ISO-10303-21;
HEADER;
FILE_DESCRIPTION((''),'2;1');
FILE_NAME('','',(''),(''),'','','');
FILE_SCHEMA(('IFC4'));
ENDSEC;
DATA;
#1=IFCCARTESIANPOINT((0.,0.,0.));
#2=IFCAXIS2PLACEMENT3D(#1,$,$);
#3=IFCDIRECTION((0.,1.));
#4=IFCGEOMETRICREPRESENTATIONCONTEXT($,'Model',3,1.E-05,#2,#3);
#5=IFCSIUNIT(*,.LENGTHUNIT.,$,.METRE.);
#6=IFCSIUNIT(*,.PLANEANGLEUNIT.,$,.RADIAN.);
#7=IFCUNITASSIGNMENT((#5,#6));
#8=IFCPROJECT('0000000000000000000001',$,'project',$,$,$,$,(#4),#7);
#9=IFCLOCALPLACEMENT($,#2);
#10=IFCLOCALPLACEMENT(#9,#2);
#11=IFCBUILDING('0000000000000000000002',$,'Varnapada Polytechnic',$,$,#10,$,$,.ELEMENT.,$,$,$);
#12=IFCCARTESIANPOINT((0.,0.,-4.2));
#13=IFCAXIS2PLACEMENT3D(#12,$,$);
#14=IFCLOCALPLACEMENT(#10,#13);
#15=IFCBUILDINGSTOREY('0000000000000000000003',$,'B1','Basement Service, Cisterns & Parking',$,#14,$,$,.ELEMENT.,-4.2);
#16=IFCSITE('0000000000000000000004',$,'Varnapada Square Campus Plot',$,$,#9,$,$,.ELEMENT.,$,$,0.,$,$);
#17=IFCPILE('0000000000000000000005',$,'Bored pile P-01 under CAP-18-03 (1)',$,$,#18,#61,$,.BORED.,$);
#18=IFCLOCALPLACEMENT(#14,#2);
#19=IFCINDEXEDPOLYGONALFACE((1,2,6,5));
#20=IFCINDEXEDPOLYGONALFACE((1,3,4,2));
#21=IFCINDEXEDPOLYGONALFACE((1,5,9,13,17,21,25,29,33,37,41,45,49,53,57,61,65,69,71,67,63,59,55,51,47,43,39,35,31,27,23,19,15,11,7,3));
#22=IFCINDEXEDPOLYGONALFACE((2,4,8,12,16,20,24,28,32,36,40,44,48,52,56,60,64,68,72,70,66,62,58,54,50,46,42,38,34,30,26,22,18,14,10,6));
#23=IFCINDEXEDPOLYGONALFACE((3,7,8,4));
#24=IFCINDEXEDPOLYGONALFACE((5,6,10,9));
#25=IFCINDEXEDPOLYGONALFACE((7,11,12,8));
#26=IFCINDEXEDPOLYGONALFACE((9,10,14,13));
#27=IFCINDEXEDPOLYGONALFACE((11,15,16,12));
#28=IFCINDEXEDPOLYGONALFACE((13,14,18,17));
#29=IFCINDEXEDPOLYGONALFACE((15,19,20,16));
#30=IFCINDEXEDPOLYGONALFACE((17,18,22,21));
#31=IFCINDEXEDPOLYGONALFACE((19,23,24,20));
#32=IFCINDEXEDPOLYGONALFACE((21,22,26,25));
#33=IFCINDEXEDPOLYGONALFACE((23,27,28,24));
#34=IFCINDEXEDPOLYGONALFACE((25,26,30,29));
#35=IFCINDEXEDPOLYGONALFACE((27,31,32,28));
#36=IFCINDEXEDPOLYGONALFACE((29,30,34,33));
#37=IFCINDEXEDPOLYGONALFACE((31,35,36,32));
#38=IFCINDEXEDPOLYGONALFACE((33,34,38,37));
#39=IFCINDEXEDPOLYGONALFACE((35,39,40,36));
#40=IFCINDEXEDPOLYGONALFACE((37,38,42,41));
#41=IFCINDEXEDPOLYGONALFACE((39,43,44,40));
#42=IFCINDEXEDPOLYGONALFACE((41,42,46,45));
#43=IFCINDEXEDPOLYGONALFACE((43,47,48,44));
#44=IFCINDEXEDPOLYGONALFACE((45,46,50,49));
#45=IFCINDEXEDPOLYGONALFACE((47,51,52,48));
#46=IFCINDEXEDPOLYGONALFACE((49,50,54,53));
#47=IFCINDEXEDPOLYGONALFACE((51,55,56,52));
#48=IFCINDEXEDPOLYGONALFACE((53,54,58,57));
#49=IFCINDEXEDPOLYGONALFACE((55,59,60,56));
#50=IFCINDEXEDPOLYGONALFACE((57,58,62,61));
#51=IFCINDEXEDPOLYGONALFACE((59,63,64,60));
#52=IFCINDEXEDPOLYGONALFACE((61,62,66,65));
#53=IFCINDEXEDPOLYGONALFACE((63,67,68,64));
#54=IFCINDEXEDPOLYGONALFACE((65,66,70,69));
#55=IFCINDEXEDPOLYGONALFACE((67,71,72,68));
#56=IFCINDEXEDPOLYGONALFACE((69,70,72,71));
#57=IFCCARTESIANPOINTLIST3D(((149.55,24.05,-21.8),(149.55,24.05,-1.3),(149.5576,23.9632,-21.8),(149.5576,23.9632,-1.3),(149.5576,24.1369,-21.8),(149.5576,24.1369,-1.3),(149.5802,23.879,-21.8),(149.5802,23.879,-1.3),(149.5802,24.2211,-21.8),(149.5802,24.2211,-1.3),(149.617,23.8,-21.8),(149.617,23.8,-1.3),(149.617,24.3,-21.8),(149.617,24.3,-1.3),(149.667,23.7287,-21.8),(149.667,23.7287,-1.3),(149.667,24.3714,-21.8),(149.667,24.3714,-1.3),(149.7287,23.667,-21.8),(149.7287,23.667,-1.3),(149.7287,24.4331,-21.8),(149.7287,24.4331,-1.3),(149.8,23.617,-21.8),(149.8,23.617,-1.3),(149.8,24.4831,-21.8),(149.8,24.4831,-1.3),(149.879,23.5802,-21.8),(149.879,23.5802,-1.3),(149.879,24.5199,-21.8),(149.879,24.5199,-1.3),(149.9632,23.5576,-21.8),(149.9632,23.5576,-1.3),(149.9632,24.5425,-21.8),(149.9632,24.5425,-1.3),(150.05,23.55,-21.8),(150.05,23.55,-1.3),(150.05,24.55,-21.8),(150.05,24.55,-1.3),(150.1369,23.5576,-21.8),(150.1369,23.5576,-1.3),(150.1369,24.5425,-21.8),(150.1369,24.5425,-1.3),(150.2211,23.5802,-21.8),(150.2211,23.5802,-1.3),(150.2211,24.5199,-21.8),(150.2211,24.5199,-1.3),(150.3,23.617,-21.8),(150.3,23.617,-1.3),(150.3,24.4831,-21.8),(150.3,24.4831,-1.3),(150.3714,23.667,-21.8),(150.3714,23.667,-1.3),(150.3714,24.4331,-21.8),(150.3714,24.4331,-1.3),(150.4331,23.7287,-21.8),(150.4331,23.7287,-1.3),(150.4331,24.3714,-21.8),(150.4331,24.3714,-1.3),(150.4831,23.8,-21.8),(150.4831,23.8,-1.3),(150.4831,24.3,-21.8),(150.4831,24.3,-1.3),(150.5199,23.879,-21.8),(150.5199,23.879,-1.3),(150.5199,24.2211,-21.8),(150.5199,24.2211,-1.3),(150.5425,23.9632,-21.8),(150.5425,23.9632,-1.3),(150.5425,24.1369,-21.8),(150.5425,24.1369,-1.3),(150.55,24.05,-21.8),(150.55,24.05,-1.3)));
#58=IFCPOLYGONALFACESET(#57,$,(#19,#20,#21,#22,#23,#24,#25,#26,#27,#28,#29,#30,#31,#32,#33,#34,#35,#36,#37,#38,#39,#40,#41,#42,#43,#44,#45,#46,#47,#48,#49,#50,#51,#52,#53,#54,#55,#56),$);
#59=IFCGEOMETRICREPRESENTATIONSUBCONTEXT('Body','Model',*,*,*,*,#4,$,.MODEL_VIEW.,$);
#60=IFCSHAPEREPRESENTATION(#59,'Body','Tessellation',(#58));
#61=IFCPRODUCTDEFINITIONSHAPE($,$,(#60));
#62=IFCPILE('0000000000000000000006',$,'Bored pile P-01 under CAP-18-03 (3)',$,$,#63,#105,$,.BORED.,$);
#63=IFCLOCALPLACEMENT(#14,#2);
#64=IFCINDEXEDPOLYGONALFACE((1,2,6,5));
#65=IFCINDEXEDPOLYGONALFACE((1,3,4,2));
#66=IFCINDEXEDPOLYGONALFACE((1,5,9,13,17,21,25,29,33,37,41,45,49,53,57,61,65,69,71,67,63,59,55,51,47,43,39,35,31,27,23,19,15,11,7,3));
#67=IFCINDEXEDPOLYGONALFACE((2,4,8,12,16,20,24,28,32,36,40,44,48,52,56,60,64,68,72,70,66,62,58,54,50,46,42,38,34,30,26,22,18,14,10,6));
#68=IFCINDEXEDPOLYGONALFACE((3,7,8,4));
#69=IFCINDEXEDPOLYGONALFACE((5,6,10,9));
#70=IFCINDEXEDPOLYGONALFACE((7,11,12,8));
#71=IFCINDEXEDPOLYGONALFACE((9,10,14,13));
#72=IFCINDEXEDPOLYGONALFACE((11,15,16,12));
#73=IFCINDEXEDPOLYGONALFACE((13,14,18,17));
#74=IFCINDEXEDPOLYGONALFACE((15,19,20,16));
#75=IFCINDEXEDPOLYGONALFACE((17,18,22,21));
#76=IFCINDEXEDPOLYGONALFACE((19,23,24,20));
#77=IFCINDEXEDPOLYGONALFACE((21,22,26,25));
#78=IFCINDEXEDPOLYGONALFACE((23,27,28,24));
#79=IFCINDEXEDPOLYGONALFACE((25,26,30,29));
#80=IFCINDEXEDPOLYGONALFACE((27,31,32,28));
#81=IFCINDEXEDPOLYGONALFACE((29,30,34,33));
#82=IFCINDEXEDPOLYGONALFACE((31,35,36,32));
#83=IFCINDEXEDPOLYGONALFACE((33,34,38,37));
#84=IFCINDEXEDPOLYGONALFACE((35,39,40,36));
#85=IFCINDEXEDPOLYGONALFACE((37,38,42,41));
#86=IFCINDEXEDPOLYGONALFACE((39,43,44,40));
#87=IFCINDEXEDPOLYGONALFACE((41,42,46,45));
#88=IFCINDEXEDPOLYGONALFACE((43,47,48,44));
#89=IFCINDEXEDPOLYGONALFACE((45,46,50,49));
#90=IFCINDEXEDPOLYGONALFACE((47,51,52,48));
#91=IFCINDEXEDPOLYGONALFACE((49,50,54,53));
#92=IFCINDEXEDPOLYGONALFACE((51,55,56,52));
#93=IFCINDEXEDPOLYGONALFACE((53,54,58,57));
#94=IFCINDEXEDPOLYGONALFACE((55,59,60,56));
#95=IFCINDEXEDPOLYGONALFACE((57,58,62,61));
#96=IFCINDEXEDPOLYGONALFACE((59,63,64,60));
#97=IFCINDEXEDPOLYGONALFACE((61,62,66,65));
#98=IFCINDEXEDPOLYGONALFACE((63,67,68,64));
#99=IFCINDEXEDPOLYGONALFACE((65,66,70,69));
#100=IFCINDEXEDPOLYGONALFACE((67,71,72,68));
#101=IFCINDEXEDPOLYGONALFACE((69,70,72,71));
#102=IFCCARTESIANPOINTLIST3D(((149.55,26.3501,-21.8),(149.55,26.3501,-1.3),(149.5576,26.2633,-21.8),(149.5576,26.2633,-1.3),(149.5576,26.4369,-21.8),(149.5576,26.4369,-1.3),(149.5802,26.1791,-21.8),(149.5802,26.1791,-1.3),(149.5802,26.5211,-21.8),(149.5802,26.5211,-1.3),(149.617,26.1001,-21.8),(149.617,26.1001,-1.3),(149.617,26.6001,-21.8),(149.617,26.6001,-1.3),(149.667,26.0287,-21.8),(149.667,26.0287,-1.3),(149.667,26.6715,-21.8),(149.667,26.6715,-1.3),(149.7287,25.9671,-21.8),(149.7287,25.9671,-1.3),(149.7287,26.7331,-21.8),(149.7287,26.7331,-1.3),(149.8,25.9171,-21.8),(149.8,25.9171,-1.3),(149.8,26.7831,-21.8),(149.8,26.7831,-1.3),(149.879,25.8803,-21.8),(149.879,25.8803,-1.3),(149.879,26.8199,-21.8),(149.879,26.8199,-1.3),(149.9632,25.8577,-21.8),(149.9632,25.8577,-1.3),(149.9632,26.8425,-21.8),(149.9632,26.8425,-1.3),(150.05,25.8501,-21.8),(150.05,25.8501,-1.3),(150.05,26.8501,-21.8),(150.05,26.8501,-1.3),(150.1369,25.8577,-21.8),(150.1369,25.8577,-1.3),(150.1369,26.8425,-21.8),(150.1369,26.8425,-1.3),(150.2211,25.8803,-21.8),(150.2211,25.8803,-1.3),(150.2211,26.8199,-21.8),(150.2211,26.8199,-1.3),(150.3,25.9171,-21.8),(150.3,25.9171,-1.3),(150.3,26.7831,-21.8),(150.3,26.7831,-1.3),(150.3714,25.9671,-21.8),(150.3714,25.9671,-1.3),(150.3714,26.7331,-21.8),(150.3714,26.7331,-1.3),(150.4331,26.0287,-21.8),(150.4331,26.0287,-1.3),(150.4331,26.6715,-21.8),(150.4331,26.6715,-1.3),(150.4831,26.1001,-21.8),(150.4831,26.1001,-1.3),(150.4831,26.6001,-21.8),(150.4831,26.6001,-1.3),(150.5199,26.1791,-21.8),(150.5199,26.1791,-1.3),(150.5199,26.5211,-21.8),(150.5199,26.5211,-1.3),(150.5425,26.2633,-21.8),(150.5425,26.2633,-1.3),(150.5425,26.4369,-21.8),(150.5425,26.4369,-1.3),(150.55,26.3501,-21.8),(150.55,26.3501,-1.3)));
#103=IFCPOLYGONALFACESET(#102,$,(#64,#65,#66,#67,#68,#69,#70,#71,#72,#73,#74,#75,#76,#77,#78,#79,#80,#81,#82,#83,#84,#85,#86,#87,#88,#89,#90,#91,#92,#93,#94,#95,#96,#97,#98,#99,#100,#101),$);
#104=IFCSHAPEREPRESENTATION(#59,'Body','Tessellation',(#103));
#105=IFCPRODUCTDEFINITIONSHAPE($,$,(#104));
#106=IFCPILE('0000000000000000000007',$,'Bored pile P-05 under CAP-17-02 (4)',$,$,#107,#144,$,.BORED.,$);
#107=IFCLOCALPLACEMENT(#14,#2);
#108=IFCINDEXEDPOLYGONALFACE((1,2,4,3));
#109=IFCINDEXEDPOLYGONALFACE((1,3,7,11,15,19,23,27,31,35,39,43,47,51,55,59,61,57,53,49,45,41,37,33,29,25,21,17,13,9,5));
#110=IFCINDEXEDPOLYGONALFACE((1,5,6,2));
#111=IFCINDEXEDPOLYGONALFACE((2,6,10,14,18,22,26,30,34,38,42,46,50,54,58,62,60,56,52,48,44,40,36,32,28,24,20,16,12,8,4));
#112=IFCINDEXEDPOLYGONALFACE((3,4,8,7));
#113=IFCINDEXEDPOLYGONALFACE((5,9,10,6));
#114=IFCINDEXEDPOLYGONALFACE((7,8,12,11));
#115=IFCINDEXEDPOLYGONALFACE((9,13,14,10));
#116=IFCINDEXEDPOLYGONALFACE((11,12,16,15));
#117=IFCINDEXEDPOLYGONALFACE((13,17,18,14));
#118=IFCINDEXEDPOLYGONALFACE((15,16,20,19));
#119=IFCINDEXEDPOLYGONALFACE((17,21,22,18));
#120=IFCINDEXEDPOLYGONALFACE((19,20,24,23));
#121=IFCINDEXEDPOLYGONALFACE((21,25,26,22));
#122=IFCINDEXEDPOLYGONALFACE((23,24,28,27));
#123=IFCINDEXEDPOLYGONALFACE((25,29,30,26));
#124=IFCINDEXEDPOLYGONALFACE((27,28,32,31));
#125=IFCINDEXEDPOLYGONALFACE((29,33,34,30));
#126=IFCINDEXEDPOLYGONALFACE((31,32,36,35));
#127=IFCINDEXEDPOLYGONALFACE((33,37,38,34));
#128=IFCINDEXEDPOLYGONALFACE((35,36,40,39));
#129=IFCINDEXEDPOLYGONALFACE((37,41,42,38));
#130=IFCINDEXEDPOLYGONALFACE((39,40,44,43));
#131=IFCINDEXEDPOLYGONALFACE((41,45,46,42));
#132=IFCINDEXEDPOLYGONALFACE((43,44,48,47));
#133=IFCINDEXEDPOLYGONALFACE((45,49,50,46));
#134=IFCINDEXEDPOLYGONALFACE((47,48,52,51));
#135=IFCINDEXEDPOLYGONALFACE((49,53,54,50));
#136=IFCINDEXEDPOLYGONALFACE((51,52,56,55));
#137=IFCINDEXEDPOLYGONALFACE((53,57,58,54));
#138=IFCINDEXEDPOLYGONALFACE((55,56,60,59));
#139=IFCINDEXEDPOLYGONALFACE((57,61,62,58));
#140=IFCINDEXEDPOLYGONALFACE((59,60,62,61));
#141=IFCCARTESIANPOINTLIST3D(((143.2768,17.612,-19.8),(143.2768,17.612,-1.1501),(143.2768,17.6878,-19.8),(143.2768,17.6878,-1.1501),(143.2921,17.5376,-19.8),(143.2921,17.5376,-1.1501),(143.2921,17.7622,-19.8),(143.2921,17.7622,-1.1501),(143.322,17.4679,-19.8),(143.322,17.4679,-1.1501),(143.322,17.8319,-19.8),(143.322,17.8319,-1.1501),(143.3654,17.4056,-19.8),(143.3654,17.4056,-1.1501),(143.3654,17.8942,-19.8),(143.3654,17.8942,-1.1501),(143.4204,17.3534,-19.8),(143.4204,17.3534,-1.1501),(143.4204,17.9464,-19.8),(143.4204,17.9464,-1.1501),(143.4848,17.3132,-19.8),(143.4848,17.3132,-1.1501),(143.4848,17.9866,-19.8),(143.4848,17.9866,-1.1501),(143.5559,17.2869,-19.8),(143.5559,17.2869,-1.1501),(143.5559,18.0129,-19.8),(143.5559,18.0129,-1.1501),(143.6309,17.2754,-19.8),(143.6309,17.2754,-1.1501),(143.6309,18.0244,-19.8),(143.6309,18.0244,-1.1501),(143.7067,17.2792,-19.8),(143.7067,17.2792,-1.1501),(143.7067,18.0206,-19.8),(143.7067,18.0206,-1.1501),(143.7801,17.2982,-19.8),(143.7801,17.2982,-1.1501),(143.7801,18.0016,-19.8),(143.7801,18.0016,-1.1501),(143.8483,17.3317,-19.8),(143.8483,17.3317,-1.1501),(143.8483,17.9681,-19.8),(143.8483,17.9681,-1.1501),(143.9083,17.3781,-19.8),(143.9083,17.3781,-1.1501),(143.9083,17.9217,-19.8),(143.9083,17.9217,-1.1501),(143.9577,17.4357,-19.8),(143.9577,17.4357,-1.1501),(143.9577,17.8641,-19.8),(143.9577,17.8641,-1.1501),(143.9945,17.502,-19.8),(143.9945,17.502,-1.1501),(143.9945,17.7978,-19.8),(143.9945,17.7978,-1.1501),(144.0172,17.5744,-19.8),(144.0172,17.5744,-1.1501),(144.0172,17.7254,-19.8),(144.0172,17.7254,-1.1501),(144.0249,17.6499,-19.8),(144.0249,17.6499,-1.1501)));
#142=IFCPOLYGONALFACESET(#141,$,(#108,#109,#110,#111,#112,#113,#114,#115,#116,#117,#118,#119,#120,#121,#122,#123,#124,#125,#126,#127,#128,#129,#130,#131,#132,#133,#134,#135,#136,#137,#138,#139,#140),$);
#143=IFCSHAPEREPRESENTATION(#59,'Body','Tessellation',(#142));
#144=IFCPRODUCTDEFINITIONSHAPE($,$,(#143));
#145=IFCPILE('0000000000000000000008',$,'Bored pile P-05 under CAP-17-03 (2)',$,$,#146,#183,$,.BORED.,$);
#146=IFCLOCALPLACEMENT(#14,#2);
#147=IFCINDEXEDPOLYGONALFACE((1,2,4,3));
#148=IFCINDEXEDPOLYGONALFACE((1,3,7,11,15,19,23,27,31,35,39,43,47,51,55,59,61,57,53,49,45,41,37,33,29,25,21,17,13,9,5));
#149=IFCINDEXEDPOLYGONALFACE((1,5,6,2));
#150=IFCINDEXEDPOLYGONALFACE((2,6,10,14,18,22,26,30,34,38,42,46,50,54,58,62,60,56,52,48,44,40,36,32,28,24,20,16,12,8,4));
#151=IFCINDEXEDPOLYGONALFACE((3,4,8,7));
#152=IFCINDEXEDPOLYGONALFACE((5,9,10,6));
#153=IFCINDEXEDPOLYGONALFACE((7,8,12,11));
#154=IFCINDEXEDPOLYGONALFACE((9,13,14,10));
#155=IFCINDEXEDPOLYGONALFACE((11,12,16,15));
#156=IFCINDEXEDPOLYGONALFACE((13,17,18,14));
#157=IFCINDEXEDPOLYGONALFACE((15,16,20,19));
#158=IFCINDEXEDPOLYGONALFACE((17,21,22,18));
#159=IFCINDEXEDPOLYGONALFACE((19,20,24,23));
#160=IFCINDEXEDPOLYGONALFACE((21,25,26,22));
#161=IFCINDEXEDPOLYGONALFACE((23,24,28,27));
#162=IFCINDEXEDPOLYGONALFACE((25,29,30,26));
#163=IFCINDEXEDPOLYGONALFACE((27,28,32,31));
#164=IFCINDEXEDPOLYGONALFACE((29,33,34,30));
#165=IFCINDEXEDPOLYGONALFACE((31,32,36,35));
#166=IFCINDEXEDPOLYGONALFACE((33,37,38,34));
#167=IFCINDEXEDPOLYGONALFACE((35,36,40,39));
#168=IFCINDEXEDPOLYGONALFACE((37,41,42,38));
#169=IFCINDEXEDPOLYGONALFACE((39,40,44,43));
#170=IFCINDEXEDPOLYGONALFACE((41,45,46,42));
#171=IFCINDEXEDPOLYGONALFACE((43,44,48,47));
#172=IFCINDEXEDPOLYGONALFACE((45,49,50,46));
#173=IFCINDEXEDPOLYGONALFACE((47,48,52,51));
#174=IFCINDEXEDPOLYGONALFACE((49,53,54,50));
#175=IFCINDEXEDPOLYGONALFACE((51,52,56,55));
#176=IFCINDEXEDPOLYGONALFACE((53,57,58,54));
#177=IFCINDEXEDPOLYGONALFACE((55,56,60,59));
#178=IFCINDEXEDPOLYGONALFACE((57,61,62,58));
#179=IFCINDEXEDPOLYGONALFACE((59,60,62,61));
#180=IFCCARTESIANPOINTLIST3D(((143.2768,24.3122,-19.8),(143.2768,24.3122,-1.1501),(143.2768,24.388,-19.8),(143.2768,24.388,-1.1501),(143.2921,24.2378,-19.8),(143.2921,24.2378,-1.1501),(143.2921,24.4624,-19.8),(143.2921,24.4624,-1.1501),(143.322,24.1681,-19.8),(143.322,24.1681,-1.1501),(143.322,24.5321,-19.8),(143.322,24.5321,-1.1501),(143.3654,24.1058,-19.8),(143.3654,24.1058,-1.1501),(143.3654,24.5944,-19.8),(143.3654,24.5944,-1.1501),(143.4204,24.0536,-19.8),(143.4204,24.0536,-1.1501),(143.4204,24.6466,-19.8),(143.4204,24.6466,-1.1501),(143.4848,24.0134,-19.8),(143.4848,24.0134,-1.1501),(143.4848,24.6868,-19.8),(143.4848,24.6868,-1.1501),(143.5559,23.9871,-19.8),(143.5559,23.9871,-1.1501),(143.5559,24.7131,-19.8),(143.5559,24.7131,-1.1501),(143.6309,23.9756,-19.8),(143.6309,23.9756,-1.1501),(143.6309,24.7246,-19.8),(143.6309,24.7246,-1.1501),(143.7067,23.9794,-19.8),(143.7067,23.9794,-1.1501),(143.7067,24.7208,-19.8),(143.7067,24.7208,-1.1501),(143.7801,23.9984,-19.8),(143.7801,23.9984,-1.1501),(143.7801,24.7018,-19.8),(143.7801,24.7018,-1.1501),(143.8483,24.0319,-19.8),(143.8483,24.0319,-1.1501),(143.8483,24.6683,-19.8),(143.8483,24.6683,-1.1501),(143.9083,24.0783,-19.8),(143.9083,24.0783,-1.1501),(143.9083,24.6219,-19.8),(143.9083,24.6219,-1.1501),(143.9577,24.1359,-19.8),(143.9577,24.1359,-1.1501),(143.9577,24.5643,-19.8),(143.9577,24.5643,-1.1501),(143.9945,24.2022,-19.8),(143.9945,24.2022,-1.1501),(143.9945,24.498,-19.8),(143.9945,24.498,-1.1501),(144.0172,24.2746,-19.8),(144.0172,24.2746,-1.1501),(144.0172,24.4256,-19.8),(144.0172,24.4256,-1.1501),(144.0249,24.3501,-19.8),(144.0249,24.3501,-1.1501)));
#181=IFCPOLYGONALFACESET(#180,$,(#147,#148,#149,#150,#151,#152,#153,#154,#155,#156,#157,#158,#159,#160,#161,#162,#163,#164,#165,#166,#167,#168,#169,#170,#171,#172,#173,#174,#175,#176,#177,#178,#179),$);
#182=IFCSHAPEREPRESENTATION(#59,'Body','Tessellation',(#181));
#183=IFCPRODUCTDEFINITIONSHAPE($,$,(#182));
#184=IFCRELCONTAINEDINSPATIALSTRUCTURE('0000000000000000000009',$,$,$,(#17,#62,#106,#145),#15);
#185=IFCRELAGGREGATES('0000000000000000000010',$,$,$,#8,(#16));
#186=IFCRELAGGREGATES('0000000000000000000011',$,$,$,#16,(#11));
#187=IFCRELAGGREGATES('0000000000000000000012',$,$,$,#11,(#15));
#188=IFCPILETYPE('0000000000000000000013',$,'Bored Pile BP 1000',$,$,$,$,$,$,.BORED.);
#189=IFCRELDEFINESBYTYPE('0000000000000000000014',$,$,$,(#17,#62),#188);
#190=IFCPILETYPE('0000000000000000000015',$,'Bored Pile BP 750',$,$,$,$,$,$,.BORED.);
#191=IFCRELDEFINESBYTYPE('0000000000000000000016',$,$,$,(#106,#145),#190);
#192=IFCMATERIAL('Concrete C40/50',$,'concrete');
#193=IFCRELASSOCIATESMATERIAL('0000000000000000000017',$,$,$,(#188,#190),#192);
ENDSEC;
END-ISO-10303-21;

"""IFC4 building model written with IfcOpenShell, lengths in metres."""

from ifc_helpers import new_model, si_unit, direction, frame, origin, origin_2d, place, context, subcontext, project, spatial, circle, extrude, material, material_profile, profile_set, type_object, element, save


model = new_model("IFC4")

# Units and contexts
model_context = context("Model", 3, precision=1e-05, world=origin(), true_north=direction((0.0, 1.0)))
body_context = subcontext(model_context, "Body", "Model", "MODEL_VIEW")
ifc_project = project(units=[si_unit("LENGTHUNIT", "METRE"), si_unit("PLANEANGLEUNIT", "RADIAN")], contexts=[model_context])

# Site, building, storey
site_placement = place(None, origin())
site = spatial("IfcSite", under=ifc_project, at=site_placement, Name="Varnapada Square Campus Plot", CompositionType="ELEMENT", RefElevation=0.0)
building_placement = place(site_placement, origin())
building = spatial("IfcBuilding", under=site, at=building_placement, Name="Varnapada Polytechnic", CompositionType="ELEMENT")
storey_placement = place(building_placement, frame((0.0, 0.0, -4.2)))
storey = spatial("IfcBuildingStorey", under=building, at=storey_placement, Name="B1", Description="Basement Service, Cisterns & Parking", CompositionType="ELEMENT", Elevation=-4.2)

# Piles
ifc_material_1 = material(Name="Concrete C40/50", Category="concrete")
ifc_material_profile_1 = material_profile(ifc_material_1, circle(Radius=0.5, at=origin_2d()), Name="BP 1000")
ifc_profile_set_1 = profile_set([ifc_material_profile_1], Name="Concrete C40/50")
pile_type_1 = type_object("IfcPileType", Name="Bored Pile BP 1000", PredefinedType="BORED", material=ifc_profile_set_1)
for number, where, z_axis, x_axis, name in (
    (1, (150.05, 24.05, -1.3), (0.0, 0.0, -1.0), (1.0, 0.0, 0.0), "Bored pile P-01 under CAP-18-03 (1)"),
    (2, (150.05, 26.3501, -1.3), (0.0, 0.0, -1.0), (1.0, 0.0, 0.0), "Bored pile P-01 under CAP-18-03 (3)"),
):
    element("IfcPile", number, at=place(storey_placement, frame(where, z_axis=z_axis, x_axis=x_axis)), inside=storey, type_object=pile_type_1, Name=name, PredefinedType="BORED", context=body_context, shape_type="SweptSolid", body=[
        extrude(circle(Radius=0.5, at=origin_2d()), origin(), (0.0, 0.0, 1.0), 20.5),
    ])
ifc_material_profile_2 = material_profile(ifc_material_1, circle(Radius=0.375, at=origin_2d()), Name="BP 750")
ifc_profile_set_2 = profile_set([ifc_material_profile_2], Name="Concrete C40/50")
pile_type_2 = type_object("IfcPileType", Name="Bored Pile BP 750", PredefinedType="BORED", material=ifc_profile_set_2)
for number, where, z_axis, x_axis, name in (
    (3, (143.6499, 17.6499, -1.1501), (0.0, 0.0, -1.0), (1.0, 0.0, 0.0), "Bored pile P-05 under CAP-17-02 (4)"),
    (4, (143.6499, 24.3501, -1.1501), (0.0, 0.0, -1.0), (1.0, 0.0, 0.0), "Bored pile P-05 under CAP-17-03 (2)"),
):
    element("IfcPile", number, at=place(storey_placement, frame(where, z_axis=z_axis, x_axis=x_axis)), inside=storey, type_object=pile_type_2, Name=name, PredefinedType="BORED", context=body_context, shape_type="SweptSolid", body=[
        extrude(circle(Radius=0.375, at=origin_2d()), origin(), (0.0, 0.0, 1.0), 18.6499),
    ])

save(model, "model.ifc")
